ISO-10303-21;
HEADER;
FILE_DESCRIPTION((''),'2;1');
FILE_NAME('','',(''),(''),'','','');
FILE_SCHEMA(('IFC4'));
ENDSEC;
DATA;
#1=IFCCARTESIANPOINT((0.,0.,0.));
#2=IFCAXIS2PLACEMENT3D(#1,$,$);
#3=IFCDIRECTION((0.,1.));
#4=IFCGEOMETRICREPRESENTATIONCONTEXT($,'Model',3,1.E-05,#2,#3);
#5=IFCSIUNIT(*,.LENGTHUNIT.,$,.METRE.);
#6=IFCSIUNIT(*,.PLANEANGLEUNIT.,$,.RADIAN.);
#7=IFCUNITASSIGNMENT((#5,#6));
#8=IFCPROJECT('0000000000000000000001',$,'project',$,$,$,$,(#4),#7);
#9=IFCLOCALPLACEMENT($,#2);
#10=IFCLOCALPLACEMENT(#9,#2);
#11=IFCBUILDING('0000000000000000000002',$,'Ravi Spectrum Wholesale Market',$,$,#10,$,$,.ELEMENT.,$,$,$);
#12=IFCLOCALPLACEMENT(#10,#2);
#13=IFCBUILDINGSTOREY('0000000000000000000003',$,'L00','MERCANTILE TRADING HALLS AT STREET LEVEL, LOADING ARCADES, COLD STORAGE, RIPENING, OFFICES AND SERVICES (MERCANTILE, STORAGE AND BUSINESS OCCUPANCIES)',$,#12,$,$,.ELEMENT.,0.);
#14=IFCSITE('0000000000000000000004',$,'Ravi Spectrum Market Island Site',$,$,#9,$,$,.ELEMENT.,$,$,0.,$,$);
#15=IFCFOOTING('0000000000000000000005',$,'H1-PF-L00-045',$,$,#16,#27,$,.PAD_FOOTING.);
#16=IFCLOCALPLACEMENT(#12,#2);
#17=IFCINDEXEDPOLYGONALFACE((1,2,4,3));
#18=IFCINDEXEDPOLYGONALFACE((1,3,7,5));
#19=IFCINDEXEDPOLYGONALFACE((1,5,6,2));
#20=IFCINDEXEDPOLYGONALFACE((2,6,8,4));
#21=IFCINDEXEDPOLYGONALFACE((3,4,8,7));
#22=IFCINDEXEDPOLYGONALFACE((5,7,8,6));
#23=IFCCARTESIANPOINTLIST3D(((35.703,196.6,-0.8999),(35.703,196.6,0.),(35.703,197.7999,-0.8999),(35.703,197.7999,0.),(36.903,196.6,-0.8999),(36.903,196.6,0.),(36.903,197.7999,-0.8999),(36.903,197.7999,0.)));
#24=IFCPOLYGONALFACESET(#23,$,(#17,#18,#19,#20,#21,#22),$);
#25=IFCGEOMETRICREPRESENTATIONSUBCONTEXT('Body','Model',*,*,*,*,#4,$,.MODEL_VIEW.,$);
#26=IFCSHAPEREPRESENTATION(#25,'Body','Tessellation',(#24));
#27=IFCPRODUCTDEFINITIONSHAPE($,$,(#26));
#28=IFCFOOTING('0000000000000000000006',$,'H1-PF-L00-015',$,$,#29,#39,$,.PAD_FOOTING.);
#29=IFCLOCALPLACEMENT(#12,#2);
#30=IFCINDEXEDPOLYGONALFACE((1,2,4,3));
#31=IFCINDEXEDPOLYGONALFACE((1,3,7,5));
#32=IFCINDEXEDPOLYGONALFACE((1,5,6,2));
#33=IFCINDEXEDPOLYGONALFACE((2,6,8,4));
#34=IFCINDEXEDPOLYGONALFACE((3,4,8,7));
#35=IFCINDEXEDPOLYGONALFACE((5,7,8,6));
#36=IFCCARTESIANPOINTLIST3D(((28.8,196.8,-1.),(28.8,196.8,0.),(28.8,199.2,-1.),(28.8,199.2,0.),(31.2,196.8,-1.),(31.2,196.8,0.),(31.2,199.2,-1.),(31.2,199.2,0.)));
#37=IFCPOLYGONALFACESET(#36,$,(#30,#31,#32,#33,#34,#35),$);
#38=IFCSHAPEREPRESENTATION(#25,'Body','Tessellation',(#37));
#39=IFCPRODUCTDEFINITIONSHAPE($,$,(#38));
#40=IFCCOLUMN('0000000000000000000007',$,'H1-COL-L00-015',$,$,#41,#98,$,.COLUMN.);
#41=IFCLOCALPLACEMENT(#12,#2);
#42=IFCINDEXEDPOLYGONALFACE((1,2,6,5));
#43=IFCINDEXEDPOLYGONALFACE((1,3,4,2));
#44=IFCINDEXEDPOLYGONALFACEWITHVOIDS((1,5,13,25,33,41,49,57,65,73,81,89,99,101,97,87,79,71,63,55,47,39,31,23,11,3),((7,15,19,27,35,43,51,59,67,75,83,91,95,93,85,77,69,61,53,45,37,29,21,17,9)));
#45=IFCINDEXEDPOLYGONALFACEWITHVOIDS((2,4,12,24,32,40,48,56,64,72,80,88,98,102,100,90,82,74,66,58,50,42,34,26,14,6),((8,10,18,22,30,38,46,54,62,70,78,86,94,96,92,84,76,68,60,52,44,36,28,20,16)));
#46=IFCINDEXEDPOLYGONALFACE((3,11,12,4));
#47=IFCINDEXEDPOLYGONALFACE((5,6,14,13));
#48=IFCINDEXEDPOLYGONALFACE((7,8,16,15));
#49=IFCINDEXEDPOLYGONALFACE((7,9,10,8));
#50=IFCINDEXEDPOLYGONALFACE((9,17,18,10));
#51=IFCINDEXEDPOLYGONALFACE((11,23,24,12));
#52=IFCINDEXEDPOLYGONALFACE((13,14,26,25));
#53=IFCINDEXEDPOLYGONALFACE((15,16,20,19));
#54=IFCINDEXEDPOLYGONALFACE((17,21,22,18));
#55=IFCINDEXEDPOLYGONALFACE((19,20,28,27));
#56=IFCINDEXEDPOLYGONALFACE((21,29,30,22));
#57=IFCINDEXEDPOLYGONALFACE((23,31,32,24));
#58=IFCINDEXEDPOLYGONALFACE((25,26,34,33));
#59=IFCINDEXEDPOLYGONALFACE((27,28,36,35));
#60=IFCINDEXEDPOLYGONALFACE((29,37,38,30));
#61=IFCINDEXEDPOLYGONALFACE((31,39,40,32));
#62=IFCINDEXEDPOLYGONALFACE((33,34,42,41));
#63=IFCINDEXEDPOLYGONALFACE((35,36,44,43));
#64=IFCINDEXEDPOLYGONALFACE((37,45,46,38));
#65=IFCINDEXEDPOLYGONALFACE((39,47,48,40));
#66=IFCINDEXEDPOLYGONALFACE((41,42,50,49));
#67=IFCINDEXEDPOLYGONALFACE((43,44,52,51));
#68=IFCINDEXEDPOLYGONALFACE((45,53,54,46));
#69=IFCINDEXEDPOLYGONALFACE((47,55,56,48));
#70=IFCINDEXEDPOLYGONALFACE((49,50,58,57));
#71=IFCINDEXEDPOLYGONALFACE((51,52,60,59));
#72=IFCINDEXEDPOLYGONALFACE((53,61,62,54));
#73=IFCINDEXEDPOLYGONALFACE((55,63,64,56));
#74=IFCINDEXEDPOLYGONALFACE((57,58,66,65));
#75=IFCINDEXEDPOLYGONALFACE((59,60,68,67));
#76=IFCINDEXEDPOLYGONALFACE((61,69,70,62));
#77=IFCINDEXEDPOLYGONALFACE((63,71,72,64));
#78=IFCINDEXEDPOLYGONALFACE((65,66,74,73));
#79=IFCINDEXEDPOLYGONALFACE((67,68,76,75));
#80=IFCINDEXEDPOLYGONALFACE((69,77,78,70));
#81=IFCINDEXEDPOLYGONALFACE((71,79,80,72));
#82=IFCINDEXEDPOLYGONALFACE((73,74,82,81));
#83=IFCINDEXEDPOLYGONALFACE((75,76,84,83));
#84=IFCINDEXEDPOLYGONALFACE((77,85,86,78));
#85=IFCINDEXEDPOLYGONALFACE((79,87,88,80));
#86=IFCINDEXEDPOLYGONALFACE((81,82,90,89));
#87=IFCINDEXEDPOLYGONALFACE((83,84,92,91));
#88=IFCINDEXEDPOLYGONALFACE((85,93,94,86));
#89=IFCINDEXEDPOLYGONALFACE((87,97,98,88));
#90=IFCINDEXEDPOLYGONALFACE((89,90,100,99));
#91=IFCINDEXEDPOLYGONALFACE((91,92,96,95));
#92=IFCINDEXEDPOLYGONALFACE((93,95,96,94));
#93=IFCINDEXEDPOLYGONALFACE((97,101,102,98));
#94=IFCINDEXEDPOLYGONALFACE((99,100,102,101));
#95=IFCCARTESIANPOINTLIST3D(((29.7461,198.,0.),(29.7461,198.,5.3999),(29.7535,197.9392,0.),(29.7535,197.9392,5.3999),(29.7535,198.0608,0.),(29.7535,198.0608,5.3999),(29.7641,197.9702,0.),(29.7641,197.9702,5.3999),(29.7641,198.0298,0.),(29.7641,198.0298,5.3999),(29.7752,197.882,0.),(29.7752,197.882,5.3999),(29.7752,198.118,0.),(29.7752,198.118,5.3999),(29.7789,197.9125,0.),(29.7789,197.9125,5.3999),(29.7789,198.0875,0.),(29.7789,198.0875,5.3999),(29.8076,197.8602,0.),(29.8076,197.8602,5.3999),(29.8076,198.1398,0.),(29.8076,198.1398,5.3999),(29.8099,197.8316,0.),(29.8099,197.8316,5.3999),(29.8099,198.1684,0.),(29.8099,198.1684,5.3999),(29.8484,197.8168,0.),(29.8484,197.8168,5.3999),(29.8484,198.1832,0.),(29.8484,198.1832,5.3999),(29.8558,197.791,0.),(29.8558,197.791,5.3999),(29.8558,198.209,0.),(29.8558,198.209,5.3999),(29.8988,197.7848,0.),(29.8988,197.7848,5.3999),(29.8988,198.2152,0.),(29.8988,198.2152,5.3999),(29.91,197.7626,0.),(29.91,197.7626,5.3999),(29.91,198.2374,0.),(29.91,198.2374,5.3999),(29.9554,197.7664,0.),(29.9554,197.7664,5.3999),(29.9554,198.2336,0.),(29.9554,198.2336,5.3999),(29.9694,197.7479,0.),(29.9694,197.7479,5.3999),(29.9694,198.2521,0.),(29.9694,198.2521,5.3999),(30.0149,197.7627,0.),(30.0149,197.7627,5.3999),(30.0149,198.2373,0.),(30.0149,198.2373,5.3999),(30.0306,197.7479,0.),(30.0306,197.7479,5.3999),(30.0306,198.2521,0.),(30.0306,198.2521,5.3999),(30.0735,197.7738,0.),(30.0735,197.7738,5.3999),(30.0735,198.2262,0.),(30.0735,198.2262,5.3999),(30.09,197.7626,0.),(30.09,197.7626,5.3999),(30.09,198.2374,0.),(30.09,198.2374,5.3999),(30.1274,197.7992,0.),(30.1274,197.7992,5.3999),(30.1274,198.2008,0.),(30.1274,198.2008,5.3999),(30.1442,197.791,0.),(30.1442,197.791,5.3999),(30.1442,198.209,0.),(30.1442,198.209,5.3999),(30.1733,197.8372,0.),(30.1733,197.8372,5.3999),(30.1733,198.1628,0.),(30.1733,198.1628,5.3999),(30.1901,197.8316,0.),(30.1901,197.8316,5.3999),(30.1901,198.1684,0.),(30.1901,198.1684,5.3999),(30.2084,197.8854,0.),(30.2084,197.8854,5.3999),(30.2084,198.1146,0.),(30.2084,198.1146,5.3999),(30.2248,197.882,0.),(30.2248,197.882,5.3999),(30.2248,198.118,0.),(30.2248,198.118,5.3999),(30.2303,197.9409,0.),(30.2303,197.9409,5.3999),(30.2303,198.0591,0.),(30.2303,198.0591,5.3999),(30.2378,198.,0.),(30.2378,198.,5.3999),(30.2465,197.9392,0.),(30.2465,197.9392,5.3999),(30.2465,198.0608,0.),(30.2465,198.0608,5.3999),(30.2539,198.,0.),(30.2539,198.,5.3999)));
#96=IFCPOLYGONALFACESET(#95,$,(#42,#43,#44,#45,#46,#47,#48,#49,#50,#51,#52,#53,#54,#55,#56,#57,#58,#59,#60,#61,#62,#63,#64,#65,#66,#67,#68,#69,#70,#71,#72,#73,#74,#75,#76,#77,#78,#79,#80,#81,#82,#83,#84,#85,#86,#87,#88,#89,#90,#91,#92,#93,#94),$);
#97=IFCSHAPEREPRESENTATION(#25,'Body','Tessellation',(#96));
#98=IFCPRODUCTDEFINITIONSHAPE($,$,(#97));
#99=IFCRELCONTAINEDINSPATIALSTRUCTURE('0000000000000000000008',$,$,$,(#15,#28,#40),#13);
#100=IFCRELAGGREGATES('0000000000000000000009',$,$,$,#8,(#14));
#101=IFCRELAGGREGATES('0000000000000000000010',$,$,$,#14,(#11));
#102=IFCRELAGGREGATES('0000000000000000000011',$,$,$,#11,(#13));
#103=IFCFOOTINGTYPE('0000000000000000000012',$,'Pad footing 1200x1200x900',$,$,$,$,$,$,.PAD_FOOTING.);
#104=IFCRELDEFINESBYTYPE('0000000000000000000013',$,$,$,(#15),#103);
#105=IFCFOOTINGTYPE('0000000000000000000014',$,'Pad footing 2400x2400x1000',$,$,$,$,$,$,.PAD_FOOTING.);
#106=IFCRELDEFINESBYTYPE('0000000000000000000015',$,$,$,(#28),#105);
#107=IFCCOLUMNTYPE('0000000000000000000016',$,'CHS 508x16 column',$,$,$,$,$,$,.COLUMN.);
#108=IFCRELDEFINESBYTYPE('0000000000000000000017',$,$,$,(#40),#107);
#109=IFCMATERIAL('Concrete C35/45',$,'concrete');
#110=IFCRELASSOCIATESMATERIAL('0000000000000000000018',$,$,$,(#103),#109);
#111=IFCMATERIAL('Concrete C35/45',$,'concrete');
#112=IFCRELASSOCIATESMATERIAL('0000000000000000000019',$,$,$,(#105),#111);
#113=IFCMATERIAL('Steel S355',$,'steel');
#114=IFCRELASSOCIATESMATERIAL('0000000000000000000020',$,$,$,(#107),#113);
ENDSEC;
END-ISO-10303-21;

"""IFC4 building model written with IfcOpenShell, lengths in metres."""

from ifc_helpers import new_model, si_unit, direction, frame, origin, origin_2d, place, context, subcontext, project, spatial, rectangle, hollow_circle, extrude, material, material_profile, profile_set, type_object, element, save


model = new_model("IFC4")

# Units and contexts
model_context = context("Model", 3, precision=1e-05, world=origin(), true_north=direction((0.0, 1.0)))
body_context = subcontext(model_context, "Body", "Model", "MODEL_VIEW")
ifc_project = project(units=[si_unit("LENGTHUNIT", "METRE"), si_unit("PLANEANGLEUNIT", "RADIAN")], contexts=[model_context])

# Site, building, storey
site_placement = place(None, origin())
site = spatial("IfcSite", under=ifc_project, at=site_placement, Name="Ravi Spectrum Market Island Site", CompositionType="ELEMENT", RefElevation=0.0)
building_placement = place(site_placement, origin())
building = spatial("IfcBuilding", under=site, at=building_placement, Name="Ravi Spectrum Wholesale Market", CompositionType="ELEMENT")
storey_placement = place(building_placement, origin())
storey = spatial("IfcBuildingStorey", under=building, at=storey_placement, Name="L00", Description="MERCANTILE TRADING HALLS AT STREET LEVEL, LOADING ARCADES, COLD STORAGE, RIPENING, OFFICES AND SERVICES (MERCANTILE, STORAGE AND BUSINESS OCCUPANCIES)", CompositionType="ELEMENT", Elevation=0.0)

# Footings
ifc_material_1 = material(Name="Concrete C35/45", Category="concrete")
footing_type_1 = type_object("IfcFootingType", Name="Pad footing 1200x1200x900", PredefinedType="PAD_FOOTING", material=ifc_material_1)
footing_1_placement = place(storey_placement, frame((36.303, 197.2, -0.8999), z_axis=(0.0, 0.0, 1.0), x_axis=(1.0, 0.0, 0.0)))
element("IfcFooting", 1, at=footing_1_placement, inside=storey, type_object=footing_type_1, Name="H1-PF-L00-045", PredefinedType="PAD_FOOTING", context=body_context, shape_type="SweptSolid", body=[
    extrude(rectangle(XDim=1.2, YDim=1.2, at=origin_2d()), origin(), (0.0, 0.0, 1.0), 0.8999),
])
ifc_material_2 = material(Name="Concrete C35/45", Category="concrete")
footing_type_2 = type_object("IfcFootingType", Name="Pad footing 2400x2400x1000", PredefinedType="PAD_FOOTING", material=ifc_material_2)
footing_2_placement = place(storey_placement, frame((30.0, 198.0, -1.0), z_axis=(0.0, 0.0, 1.0), x_axis=(1.0, 0.0, 0.0)))
element("IfcFooting", 2, at=footing_2_placement, inside=storey, type_object=footing_type_2, Name="H1-PF-L00-015", PredefinedType="PAD_FOOTING", context=body_context, shape_type="SweptSolid", body=[
    extrude(rectangle(XDim=2.3999, YDim=2.3999, at=origin_2d()), origin(), (0.0, 0.0, 1.0), 1.0),
])

# Column
ifc_material_3 = material(Name="Steel S355", Category="steel")
ifc_material_profile = material_profile(ifc_material_3, hollow_circle(Radius=0.2539, WallThickness=0.0161, at=origin_2d()))
ifc_profile_set = profile_set([ifc_material_profile], Name="Steel S355")
column_type = type_object("IfcColumnType", Name="CHS 508x16 column", PredefinedType="COLUMN", material=ifc_profile_set)
column_placement = place(storey_placement, frame((30.0, 198.0, 0.0), z_axis=(0.0, 0.0, 1.0), x_axis=(1.0, 0.0, 0.0)))
element("IfcColumn", 3, at=column_placement, inside=storey, type_object=column_type, Name="H1-COL-L00-015", PredefinedType="COLUMN", context=body_context, shape_type="SweptSolid", body=[
    extrude(hollow_circle(Radius=0.2539, WallThickness=0.0161, at=origin_2d()), origin(), (0.0, 0.0, 1.0), 5.3999),
])

save(model, "model.ifc")
